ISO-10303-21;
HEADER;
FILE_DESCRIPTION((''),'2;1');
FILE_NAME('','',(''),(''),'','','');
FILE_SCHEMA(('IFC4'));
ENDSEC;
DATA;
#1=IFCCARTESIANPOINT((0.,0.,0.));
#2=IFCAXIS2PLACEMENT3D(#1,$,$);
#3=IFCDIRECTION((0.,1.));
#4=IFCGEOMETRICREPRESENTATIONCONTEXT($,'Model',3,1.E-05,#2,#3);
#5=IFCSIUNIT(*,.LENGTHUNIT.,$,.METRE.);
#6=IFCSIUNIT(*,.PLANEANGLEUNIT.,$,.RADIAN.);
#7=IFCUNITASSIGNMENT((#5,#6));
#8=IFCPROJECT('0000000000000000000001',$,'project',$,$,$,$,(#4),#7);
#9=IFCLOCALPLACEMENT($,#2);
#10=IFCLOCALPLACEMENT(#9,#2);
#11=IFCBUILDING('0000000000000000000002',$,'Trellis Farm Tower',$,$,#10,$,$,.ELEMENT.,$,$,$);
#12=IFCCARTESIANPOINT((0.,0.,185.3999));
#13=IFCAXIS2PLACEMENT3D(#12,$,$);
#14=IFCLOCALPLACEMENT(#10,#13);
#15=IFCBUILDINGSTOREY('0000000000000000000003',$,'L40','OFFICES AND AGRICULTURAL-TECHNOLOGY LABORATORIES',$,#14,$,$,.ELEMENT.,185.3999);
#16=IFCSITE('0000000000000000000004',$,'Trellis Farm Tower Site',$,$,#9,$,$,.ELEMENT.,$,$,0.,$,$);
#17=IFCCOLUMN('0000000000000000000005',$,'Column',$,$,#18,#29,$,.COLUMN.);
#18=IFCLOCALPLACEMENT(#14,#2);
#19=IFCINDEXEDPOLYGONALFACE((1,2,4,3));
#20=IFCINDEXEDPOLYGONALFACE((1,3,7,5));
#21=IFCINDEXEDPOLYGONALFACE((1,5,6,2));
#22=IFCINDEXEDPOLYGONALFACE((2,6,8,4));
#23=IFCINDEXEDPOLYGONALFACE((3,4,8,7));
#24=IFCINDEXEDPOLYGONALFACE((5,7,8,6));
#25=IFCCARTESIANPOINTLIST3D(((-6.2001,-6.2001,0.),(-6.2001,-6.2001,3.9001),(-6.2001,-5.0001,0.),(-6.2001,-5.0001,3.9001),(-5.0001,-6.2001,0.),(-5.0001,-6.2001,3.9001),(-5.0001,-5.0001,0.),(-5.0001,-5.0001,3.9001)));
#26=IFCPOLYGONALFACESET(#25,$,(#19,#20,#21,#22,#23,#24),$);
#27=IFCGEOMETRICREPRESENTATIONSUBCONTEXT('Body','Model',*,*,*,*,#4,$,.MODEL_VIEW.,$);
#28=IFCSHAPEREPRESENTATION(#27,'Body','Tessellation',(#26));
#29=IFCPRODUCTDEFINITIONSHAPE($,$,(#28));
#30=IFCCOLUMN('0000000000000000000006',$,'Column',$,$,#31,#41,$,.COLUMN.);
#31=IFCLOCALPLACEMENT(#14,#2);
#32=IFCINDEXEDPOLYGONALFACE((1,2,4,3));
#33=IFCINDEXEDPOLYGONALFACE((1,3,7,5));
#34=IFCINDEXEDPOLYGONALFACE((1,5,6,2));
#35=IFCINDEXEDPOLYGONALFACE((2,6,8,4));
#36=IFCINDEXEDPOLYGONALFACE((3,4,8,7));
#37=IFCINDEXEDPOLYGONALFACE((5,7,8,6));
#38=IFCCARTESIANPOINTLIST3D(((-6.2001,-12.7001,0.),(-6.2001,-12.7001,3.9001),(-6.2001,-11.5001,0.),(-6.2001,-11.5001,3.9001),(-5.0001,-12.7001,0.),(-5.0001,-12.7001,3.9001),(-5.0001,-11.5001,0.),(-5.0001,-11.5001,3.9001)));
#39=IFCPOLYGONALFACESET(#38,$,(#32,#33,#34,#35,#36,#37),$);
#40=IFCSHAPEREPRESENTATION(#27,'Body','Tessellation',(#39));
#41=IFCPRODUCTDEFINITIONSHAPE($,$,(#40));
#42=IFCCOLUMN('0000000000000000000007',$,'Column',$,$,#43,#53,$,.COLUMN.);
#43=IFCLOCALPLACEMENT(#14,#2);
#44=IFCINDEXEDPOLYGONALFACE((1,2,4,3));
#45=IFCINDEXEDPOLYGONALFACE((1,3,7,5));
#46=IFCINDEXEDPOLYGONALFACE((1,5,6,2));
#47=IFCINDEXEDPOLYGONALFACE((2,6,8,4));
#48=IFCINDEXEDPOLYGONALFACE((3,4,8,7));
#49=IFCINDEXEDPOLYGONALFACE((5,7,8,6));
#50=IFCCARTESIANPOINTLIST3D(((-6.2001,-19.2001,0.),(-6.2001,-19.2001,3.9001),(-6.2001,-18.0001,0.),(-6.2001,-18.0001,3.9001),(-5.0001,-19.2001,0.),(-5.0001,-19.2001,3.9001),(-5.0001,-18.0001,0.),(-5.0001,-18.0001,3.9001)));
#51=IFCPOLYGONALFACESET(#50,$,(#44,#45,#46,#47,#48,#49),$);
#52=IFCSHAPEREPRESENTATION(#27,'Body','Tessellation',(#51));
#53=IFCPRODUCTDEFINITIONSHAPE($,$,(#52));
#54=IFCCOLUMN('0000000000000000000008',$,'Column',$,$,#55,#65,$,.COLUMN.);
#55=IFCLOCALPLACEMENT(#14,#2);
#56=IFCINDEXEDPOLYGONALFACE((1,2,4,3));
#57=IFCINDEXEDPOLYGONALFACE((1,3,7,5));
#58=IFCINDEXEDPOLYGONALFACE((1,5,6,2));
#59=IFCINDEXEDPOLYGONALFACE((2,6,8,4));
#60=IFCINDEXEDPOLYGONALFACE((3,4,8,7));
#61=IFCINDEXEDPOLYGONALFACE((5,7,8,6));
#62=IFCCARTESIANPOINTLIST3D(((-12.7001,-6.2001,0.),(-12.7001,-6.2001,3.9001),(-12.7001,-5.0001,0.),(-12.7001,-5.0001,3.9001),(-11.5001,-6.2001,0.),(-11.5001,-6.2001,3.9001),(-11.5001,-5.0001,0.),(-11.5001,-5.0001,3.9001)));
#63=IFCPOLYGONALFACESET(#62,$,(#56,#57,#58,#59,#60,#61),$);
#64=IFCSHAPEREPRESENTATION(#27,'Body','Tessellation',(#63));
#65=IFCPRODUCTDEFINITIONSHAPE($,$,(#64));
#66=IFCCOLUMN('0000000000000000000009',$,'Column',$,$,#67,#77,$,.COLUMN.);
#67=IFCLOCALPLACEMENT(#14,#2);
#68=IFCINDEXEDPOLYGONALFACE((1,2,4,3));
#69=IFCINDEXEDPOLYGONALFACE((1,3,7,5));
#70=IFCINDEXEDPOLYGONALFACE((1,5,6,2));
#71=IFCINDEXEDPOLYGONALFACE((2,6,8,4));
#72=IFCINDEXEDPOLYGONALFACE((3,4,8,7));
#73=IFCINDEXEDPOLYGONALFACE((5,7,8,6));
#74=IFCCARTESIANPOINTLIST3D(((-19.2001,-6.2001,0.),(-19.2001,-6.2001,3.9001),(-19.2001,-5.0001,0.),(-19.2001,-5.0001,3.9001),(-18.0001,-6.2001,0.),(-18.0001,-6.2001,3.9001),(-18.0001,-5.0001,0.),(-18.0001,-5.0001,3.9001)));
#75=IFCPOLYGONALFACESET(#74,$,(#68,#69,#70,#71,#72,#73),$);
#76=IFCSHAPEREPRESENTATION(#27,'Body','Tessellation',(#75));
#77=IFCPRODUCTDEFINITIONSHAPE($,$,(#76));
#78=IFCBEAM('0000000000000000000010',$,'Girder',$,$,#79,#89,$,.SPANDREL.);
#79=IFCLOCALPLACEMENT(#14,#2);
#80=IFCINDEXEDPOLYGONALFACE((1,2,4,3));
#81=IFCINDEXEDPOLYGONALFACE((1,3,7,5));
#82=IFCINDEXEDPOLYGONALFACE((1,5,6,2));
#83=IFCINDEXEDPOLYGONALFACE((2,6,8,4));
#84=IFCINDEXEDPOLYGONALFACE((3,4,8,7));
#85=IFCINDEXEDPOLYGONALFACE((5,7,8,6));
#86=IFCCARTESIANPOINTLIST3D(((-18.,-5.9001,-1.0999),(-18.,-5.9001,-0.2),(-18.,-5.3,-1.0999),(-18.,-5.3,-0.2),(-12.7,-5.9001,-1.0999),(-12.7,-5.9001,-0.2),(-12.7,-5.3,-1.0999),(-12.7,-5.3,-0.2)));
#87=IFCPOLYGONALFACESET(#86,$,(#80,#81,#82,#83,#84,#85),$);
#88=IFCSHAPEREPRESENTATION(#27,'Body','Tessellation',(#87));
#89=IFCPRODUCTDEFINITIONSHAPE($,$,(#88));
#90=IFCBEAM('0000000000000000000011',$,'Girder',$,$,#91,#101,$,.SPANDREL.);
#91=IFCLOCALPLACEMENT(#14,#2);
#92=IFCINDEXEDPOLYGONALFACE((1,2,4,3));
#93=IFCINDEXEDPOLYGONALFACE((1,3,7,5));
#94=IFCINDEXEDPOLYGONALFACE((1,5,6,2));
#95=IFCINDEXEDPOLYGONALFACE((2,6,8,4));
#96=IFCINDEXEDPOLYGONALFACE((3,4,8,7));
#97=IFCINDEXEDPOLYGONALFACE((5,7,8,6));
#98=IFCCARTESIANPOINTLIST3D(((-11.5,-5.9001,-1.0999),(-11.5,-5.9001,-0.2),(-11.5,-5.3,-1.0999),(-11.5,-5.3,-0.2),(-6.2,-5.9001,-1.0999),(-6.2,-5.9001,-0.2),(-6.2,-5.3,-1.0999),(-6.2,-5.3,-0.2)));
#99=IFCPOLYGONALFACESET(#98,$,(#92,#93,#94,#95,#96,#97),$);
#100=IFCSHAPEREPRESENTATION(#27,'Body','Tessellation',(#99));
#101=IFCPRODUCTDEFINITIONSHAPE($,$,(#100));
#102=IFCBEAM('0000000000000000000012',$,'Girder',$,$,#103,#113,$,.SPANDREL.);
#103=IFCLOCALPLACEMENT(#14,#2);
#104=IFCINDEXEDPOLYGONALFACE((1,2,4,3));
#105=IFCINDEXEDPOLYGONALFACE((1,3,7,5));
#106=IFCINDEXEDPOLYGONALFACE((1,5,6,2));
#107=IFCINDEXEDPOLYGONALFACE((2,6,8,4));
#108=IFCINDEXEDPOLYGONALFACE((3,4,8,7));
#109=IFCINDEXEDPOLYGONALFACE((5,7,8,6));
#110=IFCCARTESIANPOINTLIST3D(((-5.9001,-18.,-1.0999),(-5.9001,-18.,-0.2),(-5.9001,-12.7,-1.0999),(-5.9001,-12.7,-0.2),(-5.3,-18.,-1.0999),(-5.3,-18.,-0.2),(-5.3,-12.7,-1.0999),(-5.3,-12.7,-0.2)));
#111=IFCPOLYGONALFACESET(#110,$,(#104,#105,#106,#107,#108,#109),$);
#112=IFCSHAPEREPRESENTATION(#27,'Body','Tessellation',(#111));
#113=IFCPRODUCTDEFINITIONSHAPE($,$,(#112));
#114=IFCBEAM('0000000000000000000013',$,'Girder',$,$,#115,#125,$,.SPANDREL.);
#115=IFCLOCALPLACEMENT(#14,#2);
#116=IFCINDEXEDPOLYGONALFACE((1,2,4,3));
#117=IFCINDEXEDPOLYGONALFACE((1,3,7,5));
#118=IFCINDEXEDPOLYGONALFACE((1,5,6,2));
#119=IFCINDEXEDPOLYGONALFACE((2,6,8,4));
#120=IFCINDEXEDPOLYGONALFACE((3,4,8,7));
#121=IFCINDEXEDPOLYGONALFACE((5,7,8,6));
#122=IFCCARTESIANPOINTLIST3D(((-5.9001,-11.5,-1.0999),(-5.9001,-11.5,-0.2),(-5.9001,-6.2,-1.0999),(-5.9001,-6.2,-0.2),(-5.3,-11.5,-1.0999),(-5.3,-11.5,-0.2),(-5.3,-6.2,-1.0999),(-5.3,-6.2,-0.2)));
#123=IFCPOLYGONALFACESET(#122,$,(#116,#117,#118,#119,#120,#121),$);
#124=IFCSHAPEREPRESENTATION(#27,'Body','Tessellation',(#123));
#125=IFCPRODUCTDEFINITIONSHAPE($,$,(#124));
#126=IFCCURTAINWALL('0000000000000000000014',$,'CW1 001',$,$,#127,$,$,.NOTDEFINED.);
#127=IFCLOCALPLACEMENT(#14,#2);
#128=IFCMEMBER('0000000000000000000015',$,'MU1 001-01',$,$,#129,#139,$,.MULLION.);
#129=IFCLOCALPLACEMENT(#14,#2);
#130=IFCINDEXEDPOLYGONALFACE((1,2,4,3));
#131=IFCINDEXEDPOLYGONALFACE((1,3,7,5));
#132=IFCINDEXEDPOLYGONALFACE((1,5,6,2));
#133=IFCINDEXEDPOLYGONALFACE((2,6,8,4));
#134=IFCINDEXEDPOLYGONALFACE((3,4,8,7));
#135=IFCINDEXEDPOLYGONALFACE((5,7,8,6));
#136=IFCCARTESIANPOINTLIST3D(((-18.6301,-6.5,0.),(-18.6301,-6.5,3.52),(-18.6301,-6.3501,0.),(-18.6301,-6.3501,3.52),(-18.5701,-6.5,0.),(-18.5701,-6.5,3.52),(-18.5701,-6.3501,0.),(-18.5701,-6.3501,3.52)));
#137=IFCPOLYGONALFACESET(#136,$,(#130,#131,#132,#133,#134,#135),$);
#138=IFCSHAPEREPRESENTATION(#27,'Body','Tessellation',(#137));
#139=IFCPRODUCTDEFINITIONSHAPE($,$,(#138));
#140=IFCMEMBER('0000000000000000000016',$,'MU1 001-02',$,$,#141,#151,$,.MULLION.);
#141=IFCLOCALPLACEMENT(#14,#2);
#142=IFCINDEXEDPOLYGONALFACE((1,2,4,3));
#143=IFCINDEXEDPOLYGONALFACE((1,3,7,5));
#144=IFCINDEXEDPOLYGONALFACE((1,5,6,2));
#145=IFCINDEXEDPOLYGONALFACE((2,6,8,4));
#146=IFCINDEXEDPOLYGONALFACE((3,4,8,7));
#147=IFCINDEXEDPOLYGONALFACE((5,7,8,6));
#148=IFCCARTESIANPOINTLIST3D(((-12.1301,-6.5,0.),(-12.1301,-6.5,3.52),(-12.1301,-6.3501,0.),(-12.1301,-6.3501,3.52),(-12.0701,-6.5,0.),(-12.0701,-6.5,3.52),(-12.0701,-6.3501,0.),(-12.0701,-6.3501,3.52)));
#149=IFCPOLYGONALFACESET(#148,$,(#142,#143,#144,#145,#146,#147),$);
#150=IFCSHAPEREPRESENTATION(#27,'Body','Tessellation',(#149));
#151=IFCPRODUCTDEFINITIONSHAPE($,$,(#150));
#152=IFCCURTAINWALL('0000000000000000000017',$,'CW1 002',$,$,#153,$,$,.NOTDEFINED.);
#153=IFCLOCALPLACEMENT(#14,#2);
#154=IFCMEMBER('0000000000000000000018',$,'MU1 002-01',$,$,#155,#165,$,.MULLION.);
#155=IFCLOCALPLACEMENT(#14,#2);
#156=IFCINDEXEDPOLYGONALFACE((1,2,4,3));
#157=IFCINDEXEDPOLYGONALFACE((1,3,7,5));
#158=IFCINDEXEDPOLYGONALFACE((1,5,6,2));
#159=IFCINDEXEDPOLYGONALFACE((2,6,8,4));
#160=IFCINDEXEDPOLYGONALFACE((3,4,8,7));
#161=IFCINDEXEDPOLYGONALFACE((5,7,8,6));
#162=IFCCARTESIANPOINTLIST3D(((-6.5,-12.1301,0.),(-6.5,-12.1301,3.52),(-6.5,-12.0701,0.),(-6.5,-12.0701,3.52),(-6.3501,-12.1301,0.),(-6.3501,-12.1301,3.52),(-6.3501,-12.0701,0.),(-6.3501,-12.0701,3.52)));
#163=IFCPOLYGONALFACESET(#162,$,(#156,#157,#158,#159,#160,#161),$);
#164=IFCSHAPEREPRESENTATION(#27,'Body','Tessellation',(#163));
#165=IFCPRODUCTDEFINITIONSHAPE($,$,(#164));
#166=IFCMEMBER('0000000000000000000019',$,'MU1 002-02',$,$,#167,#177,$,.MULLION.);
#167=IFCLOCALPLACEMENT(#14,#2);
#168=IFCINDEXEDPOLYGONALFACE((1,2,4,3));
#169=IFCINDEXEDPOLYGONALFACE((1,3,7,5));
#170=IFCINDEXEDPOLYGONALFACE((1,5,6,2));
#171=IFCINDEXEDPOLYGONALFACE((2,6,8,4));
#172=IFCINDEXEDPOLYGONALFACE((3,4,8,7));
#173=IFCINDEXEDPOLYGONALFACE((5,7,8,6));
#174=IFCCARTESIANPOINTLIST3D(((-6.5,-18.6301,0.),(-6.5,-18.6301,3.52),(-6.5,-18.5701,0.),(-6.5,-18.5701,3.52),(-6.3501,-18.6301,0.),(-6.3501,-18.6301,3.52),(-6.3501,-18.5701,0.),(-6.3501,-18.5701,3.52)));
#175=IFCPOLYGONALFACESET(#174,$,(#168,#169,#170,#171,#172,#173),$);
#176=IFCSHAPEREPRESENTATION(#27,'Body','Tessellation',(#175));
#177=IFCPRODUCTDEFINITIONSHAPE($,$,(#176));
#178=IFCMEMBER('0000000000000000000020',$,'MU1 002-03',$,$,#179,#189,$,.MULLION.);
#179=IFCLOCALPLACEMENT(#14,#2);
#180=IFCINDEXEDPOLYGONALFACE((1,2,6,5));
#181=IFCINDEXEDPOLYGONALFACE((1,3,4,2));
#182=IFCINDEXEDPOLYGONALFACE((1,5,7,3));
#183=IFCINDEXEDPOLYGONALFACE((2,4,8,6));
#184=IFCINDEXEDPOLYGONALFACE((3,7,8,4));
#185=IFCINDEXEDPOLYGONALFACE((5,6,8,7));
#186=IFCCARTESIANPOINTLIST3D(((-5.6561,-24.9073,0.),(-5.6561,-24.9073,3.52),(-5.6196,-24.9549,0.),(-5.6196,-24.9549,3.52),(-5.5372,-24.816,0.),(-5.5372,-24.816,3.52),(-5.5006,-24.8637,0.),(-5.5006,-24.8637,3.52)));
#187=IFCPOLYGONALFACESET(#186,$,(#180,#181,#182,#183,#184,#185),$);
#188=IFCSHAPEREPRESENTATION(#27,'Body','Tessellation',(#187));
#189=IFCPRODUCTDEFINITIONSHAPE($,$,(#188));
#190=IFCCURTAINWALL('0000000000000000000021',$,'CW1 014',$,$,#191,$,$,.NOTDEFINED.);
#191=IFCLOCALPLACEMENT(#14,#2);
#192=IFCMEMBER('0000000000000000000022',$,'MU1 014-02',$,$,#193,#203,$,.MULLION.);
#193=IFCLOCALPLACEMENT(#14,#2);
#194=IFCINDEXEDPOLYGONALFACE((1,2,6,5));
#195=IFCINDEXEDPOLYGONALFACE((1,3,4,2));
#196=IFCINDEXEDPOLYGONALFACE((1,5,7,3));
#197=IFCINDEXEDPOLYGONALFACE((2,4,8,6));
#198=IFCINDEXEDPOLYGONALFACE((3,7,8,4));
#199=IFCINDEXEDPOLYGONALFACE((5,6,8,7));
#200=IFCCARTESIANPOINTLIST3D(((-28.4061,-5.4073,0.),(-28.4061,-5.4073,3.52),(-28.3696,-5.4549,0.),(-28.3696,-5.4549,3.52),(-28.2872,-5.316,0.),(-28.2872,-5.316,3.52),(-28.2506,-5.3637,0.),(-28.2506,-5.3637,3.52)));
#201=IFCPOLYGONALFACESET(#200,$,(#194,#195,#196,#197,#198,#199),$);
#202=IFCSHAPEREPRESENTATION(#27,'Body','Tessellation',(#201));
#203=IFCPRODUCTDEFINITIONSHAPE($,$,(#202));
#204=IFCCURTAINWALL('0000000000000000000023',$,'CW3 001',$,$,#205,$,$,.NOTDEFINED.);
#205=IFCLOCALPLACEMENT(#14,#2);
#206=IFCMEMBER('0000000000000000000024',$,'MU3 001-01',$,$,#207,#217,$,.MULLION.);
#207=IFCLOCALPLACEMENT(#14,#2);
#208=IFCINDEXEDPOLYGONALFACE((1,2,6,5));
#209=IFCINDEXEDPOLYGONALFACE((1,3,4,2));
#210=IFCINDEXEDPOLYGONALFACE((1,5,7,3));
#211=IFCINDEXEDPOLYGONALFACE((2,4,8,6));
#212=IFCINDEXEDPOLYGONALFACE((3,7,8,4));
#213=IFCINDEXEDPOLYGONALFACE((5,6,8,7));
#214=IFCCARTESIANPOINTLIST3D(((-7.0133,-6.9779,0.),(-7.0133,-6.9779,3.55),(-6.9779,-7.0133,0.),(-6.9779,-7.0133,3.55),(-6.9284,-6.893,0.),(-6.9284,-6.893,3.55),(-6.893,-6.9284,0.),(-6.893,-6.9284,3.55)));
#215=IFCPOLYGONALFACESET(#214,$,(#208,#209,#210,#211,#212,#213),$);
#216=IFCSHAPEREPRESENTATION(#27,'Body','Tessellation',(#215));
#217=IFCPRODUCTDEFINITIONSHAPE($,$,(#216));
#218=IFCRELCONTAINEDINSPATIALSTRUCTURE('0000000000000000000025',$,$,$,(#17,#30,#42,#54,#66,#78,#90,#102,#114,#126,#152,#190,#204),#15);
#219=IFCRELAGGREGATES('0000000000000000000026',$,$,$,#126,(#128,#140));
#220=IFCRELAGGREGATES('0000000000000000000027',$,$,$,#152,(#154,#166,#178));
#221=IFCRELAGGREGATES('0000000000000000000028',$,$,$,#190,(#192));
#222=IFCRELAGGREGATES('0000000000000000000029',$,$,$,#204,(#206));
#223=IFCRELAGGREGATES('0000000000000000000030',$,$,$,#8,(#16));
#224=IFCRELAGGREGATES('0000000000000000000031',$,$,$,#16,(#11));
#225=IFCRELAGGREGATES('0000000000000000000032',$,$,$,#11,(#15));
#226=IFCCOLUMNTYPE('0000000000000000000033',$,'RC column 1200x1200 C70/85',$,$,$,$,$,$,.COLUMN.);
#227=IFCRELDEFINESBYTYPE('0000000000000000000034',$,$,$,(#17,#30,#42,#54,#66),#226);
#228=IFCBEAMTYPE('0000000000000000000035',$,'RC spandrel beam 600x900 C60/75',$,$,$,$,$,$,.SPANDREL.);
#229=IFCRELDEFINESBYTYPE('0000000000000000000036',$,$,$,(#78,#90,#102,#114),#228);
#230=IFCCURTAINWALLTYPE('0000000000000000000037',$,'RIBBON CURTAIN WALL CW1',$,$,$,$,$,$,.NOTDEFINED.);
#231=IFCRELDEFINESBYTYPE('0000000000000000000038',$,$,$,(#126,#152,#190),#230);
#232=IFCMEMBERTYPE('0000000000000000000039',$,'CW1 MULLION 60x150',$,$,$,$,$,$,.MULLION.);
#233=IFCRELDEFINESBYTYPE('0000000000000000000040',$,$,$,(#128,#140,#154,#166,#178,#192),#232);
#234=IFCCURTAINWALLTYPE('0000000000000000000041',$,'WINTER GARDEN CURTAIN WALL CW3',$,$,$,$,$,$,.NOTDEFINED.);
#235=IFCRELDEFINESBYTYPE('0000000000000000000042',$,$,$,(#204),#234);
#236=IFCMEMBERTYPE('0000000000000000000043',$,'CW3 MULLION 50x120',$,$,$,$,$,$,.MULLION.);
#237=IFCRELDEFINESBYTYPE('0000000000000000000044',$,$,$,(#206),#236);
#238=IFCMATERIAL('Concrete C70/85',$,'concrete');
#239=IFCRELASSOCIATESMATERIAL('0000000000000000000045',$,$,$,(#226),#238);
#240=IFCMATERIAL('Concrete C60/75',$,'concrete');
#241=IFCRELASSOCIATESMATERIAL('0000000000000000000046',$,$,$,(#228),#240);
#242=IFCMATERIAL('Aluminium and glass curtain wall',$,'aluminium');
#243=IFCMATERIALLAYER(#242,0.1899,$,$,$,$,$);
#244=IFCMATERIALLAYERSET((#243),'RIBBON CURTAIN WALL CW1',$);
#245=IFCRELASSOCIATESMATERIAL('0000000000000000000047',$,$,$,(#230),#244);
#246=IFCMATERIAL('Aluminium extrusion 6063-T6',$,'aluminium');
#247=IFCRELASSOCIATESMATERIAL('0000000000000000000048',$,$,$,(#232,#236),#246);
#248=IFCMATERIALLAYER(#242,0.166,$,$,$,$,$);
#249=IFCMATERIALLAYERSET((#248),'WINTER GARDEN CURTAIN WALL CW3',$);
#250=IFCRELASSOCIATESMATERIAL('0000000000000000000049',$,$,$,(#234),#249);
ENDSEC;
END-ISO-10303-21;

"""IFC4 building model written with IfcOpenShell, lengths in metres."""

from ifc_helpers import new_model, si_unit, direction, frame, origin, origin_2d, place, context, subcontext, project, spatial, rectangle, extrude, source, transform, mapped, material, layer, layer_set, material_profile, profile_set, type_object, element, aggregate, save


model = new_model("IFC4")

# Units and contexts
model_context = context("Model", 3, precision=1e-05, world=origin(), true_north=direction((0.0, 1.0)))
body_context = subcontext(model_context, "Body", "Model", "MODEL_VIEW")
ifc_project = project(units=[si_unit("LENGTHUNIT", "METRE"), si_unit("PLANEANGLEUNIT", "RADIAN")], contexts=[model_context])

# Site, building, storey
site_placement = place(None, origin())
site = spatial("IfcSite", under=ifc_project, at=site_placement, Name="Trellis Farm Tower Site", CompositionType="ELEMENT", RefElevation=0.0)
building_placement = place(site_placement, origin())
building = spatial("IfcBuilding", under=site, at=building_placement, Name="Trellis Farm Tower", CompositionType="ELEMENT")
storey_placement = place(building_placement, frame((0.0, 0.0, 185.3999)))
storey = spatial("IfcBuildingStorey", under=building, at=storey_placement, Name="L40", Description="OFFICES AND AGRICULTURAL-TECHNOLOGY LABORATORIES", CompositionType="ELEMENT", Elevation=185.3999)

# Columns
ifc_material_1 = material(Name="Concrete C70/85", Category="concrete")
ifc_material_profile_1 = material_profile(ifc_material_1, rectangle(XDim=1.2, YDim=1.2, at=origin_2d()), Name="RC column 1200x1200 C70/85")
ifc_profile_set_1 = profile_set([ifc_material_profile_1], Name="Concrete C70/85")
column_type = type_object("IfcColumnType", Name="RC column 1200x1200 C70/85", PredefinedType="COLUMN", material=ifc_profile_set_1)
shared_shape_1 = source(origin(), body_context, "Body", "SweptSolid", [
    extrude(rectangle(XDim=1.2, YDim=1.2, at=origin_2d()), origin(), (0.0, 0.0, 1.0), 3.9001),
])
for number, where, z_axis, x_axis, name in (
    (1, (-5.6001, -5.6001, 0.0), (0.0, 0.0, 1.0), (1.0, 0.0, 0.0), "Column"),
    (2, (-5.6001, -12.1001, 0.0), (0.0, 0.0, 1.0), (1.0, 0.0, 0.0), "Column"),
    (3, (-5.6001, -18.6001, 0.0), (0.0, 0.0, 1.0), (1.0, 0.0, 0.0), "Column"),
    (4, (-12.1001, -5.6001, 0.0), (0.0, 0.0, 1.0), (1.0, 0.0, 0.0), "Column"),
    (5, (-18.6001, -5.6001, 0.0), (0.0, 0.0, 1.0), (1.0, 0.0, 0.0), "Column"),
):
    element("IfcColumn", number, at=place(storey_placement, frame(where, z_axis=z_axis, x_axis=x_axis)), inside=storey, type_object=column_type, Name=name, PredefinedType="COLUMN", context=body_context, shape_type="MappedRepresentation", body=[
        mapped(shared_shape_1, transform((0.0, 0.0, 0.0))),
    ])

# Beams
ifc_material_2 = material(Name="Concrete C60/75", Category="concrete")
ifc_material_profile_2 = material_profile(ifc_material_2, rectangle(XDim=0.6001, YDim=0.8999, at=origin_2d()), Name="RC spandrel beam 600x900 C60/75")
ifc_profile_set_2 = profile_set([ifc_material_profile_2], Name="Concrete C60/75")
beam_type = type_object("IfcBeamType", Name="RC spandrel beam 600x900 C60/75", PredefinedType="SPANDREL", material=ifc_profile_set_2)
shared_shape_2 = source(origin(), body_context, "Body", "SweptSolid", [
    extrude(rectangle(XDim=0.6001, YDim=0.8999, at=origin_2d()), origin(), (0.0, 0.0, 1.0), 5.3),
])
for number, where, z_axis, x_axis, name in (
    (6, (-18.0, -5.6001, -0.6499), (1.0, 0.0, 0.0), (0.0, 1.0, 0.0), "Girder"),
    (7, (-11.5, -5.6001, -0.6499), (1.0, 0.0, 0.0), (0.0, 1.0, 0.0), "Girder"),
    (8, (-5.6001, -18.0, -0.6499), (0.0, 1.0, 0.0), (-1.0, 0.0, 0.0), "Girder"),
    (9, (-5.6001, -11.5, -0.6499), (0.0, 1.0, 0.0), (-1.0, 0.0, 0.0), "Girder"),
):
    element("IfcBeam", number, at=place(storey_placement, frame(where, z_axis=z_axis, x_axis=x_axis)), inside=storey, type_object=beam_type, Name=name, PredefinedType="SPANDREL", context=body_context, shape_type="MappedRepresentation", body=[
        mapped(shared_shape_2, transform((0.0, 0.0, 0.0))),
    ])

# Curtain walls, members
ifc_material_3 = material(Name="Aluminium and glass curtain wall", Category="aluminium")
ifc_layer_1 = layer(ifc_material_3, 0.1899)
ifc_layer_set_1 = layer_set([ifc_layer_1], Name="RIBBON CURTAIN WALL CW1")
curtain_wall_type_1 = type_object("IfcCurtainWallType", Name="RIBBON CURTAIN WALL CW1", PredefinedType="NOTDEFINED", material=ifc_layer_set_1)
placement = place(storey_placement, origin())
curtain_wall_1 = element("IfcCurtainWall", 10, at=placement, inside=storey, type_object=curtain_wall_type_1, Name="CW1 001", PredefinedType="NOTDEFINED")
ifc_material_4 = material(Name="Aluminium extrusion 6063-T6", Category="aluminium")
ifc_material_profile_3 = material_profile(ifc_material_4, rectangle(XDim=0.0601, YDim=0.1499, at=origin_2d()), Name="MULLION 60x150")
ifc_profile_set_3 = profile_set([ifc_material_profile_3], Name="Aluminium extrusion 6063-T6")
member_type_1 = type_object("IfcMemberType", Name="CW1 MULLION 60x150", PredefinedType="MULLION", material=ifc_profile_set_3)
shared_shape_3 = source(origin(), body_context, "Body", "SweptSolid", [
    extrude(rectangle(XDim=0.0601, YDim=0.1499, at=origin_2d()), origin(), (0.0, 0.0, 1.0), 3.52),
])
member_1_placement = place(storey_placement, frame((-18.6001, -6.425, 0.0), z_axis=(0.0, 0.0, 1.0), x_axis=(1.0, 0.0, 0.0)))
member_1 = element("IfcMember", 11, at=member_1_placement, type_object=member_type_1, Name="MU1 001-01", PredefinedType="MULLION", context=body_context, shape_type="MappedRepresentation", body=[
    mapped(shared_shape_3, transform((0.0, 0.0, 0.0))),
])
member_2_placement = place(storey_placement, frame((-12.1001, -6.425, 0.0), z_axis=(0.0, 0.0, 1.0), x_axis=(1.0, 0.0, 0.0)))
member_2 = element("IfcMember", 12, at=member_2_placement, type_object=member_type_1, Name="MU1 001-02", PredefinedType="MULLION", context=body_context, shape_type="MappedRepresentation", body=[
    mapped(shared_shape_3, transform((0.0, 0.0, 0.0))),
])
aggregate(curtain_wall_1, [member_1, member_2])
curtain_wall_2 = element("IfcCurtainWall", 13, at=placement, inside=storey, type_object=curtain_wall_type_1, Name="CW1 002", PredefinedType="NOTDEFINED")
member_3_placement = place(storey_placement, frame((-6.425, -12.1001, 0.0), z_axis=(0.0, 0.0, 1.0), x_axis=(0.0, -1.0, 0.0)))
member_3 = element("IfcMember", 14, at=member_3_placement, type_object=member_type_1, Name="MU1 002-01", PredefinedType="MULLION", context=body_context, shape_type="MappedRepresentation", body=[
    mapped(shared_shape_3, transform((0.0, 0.0, 0.0))),
])
member_4_placement = place(storey_placement, frame((-6.425, -18.6001, 0.0), z_axis=(0.0, 0.0, 1.0), x_axis=(0.0, -1.0, 0.0)))
member_4 = element("IfcMember", 15, at=member_4_placement, type_object=member_type_1, Name="MU1 002-02", PredefinedType="MULLION", context=body_context, shape_type="MappedRepresentation", body=[
    mapped(shared_shape_3, transform((0.0, 0.0, 0.0))),
])
member_5_placement = place(storey_placement, frame((-5.5784, -24.8855, 0.0), z_axis=(0.0, 0.0, 1.0), x_axis=(0.608761, -0.793353, 0.0)))
member_5 = element("IfcMember", 16, at=member_5_placement, type_object=member_type_1, Name="MU1 002-03", PredefinedType="MULLION", context=body_context, shape_type="MappedRepresentation", body=[
    mapped(shared_shape_3, transform((0.0, 0.0, 0.0))),
])
aggregate(curtain_wall_2, [member_3, member_4, member_5])

# Curtain walls, members
curtain_wall_3 = element("IfcCurtainWall", 17, at=placement, inside=storey, type_object=curtain_wall_type_1, Name="CW1 014", PredefinedType="NOTDEFINED")
member_6_placement = place(storey_placement, frame((-28.3284, -5.3855, 0.0), z_axis=(0.0, 0.0, 1.0), x_axis=(0.608761, -0.793353, 0.0)))
member_6 = element("IfcMember", 18, at=member_6_placement, type_object=member_type_1, Name="MU1 014-02", PredefinedType="MULLION", context=body_context, shape_type="MappedRepresentation", body=[
    mapped(shared_shape_3, transform((0.0, 0.0, 0.0))),
])
aggregate(curtain_wall_3, [member_6])
ifc_layer_2 = layer(ifc_material_3, 0.166)
ifc_layer_set_2 = layer_set([ifc_layer_2], Name="WINTER GARDEN CURTAIN WALL CW3")
curtain_wall_type_2 = type_object("IfcCurtainWallType", Name="WINTER GARDEN CURTAIN WALL CW3", PredefinedType="NOTDEFINED", material=ifc_layer_set_2)
curtain_wall_4 = element("IfcCurtainWall", 19, at=placement, inside=storey, type_object=curtain_wall_type_2, Name="CW3 001", PredefinedType="NOTDEFINED")
ifc_material_profile_4 = material_profile(ifc_material_4, rectangle(XDim=0.05, YDim=0.1201, at=origin_2d()), Name="MULLION 50x120")
ifc_profile_set_4 = profile_set([ifc_material_profile_4], Name="Aluminium extrusion 6063-T6")
member_type_2 = type_object("IfcMemberType", Name="CW3 MULLION 50x120", PredefinedType="MULLION", material=ifc_profile_set_4)
shared_shape_4 = source(origin(), body_context, "Body", "SweptSolid", [
    extrude(rectangle(XDim=0.05, YDim=0.1201, at=origin_2d()), origin(), (0.0, 0.0, 1.0), 3.55),
])
member_7_placement = place(storey_placement, frame((-6.9531, -6.9531, 0.0), z_axis=(0.0, 0.0, 1.0), x_axis=(0.707107, -0.707107, 0.0)))
member_7 = element("IfcMember", 20, at=member_7_placement, type_object=member_type_2, Name="MU3 001-01", PredefinedType="MULLION", context=body_context, shape_type="MappedRepresentation", body=[
    mapped(shared_shape_4, transform((0.0, 0.0, 0.0))),
])
aggregate(curtain_wall_4, [member_7])

save(model, "model.ifc")
